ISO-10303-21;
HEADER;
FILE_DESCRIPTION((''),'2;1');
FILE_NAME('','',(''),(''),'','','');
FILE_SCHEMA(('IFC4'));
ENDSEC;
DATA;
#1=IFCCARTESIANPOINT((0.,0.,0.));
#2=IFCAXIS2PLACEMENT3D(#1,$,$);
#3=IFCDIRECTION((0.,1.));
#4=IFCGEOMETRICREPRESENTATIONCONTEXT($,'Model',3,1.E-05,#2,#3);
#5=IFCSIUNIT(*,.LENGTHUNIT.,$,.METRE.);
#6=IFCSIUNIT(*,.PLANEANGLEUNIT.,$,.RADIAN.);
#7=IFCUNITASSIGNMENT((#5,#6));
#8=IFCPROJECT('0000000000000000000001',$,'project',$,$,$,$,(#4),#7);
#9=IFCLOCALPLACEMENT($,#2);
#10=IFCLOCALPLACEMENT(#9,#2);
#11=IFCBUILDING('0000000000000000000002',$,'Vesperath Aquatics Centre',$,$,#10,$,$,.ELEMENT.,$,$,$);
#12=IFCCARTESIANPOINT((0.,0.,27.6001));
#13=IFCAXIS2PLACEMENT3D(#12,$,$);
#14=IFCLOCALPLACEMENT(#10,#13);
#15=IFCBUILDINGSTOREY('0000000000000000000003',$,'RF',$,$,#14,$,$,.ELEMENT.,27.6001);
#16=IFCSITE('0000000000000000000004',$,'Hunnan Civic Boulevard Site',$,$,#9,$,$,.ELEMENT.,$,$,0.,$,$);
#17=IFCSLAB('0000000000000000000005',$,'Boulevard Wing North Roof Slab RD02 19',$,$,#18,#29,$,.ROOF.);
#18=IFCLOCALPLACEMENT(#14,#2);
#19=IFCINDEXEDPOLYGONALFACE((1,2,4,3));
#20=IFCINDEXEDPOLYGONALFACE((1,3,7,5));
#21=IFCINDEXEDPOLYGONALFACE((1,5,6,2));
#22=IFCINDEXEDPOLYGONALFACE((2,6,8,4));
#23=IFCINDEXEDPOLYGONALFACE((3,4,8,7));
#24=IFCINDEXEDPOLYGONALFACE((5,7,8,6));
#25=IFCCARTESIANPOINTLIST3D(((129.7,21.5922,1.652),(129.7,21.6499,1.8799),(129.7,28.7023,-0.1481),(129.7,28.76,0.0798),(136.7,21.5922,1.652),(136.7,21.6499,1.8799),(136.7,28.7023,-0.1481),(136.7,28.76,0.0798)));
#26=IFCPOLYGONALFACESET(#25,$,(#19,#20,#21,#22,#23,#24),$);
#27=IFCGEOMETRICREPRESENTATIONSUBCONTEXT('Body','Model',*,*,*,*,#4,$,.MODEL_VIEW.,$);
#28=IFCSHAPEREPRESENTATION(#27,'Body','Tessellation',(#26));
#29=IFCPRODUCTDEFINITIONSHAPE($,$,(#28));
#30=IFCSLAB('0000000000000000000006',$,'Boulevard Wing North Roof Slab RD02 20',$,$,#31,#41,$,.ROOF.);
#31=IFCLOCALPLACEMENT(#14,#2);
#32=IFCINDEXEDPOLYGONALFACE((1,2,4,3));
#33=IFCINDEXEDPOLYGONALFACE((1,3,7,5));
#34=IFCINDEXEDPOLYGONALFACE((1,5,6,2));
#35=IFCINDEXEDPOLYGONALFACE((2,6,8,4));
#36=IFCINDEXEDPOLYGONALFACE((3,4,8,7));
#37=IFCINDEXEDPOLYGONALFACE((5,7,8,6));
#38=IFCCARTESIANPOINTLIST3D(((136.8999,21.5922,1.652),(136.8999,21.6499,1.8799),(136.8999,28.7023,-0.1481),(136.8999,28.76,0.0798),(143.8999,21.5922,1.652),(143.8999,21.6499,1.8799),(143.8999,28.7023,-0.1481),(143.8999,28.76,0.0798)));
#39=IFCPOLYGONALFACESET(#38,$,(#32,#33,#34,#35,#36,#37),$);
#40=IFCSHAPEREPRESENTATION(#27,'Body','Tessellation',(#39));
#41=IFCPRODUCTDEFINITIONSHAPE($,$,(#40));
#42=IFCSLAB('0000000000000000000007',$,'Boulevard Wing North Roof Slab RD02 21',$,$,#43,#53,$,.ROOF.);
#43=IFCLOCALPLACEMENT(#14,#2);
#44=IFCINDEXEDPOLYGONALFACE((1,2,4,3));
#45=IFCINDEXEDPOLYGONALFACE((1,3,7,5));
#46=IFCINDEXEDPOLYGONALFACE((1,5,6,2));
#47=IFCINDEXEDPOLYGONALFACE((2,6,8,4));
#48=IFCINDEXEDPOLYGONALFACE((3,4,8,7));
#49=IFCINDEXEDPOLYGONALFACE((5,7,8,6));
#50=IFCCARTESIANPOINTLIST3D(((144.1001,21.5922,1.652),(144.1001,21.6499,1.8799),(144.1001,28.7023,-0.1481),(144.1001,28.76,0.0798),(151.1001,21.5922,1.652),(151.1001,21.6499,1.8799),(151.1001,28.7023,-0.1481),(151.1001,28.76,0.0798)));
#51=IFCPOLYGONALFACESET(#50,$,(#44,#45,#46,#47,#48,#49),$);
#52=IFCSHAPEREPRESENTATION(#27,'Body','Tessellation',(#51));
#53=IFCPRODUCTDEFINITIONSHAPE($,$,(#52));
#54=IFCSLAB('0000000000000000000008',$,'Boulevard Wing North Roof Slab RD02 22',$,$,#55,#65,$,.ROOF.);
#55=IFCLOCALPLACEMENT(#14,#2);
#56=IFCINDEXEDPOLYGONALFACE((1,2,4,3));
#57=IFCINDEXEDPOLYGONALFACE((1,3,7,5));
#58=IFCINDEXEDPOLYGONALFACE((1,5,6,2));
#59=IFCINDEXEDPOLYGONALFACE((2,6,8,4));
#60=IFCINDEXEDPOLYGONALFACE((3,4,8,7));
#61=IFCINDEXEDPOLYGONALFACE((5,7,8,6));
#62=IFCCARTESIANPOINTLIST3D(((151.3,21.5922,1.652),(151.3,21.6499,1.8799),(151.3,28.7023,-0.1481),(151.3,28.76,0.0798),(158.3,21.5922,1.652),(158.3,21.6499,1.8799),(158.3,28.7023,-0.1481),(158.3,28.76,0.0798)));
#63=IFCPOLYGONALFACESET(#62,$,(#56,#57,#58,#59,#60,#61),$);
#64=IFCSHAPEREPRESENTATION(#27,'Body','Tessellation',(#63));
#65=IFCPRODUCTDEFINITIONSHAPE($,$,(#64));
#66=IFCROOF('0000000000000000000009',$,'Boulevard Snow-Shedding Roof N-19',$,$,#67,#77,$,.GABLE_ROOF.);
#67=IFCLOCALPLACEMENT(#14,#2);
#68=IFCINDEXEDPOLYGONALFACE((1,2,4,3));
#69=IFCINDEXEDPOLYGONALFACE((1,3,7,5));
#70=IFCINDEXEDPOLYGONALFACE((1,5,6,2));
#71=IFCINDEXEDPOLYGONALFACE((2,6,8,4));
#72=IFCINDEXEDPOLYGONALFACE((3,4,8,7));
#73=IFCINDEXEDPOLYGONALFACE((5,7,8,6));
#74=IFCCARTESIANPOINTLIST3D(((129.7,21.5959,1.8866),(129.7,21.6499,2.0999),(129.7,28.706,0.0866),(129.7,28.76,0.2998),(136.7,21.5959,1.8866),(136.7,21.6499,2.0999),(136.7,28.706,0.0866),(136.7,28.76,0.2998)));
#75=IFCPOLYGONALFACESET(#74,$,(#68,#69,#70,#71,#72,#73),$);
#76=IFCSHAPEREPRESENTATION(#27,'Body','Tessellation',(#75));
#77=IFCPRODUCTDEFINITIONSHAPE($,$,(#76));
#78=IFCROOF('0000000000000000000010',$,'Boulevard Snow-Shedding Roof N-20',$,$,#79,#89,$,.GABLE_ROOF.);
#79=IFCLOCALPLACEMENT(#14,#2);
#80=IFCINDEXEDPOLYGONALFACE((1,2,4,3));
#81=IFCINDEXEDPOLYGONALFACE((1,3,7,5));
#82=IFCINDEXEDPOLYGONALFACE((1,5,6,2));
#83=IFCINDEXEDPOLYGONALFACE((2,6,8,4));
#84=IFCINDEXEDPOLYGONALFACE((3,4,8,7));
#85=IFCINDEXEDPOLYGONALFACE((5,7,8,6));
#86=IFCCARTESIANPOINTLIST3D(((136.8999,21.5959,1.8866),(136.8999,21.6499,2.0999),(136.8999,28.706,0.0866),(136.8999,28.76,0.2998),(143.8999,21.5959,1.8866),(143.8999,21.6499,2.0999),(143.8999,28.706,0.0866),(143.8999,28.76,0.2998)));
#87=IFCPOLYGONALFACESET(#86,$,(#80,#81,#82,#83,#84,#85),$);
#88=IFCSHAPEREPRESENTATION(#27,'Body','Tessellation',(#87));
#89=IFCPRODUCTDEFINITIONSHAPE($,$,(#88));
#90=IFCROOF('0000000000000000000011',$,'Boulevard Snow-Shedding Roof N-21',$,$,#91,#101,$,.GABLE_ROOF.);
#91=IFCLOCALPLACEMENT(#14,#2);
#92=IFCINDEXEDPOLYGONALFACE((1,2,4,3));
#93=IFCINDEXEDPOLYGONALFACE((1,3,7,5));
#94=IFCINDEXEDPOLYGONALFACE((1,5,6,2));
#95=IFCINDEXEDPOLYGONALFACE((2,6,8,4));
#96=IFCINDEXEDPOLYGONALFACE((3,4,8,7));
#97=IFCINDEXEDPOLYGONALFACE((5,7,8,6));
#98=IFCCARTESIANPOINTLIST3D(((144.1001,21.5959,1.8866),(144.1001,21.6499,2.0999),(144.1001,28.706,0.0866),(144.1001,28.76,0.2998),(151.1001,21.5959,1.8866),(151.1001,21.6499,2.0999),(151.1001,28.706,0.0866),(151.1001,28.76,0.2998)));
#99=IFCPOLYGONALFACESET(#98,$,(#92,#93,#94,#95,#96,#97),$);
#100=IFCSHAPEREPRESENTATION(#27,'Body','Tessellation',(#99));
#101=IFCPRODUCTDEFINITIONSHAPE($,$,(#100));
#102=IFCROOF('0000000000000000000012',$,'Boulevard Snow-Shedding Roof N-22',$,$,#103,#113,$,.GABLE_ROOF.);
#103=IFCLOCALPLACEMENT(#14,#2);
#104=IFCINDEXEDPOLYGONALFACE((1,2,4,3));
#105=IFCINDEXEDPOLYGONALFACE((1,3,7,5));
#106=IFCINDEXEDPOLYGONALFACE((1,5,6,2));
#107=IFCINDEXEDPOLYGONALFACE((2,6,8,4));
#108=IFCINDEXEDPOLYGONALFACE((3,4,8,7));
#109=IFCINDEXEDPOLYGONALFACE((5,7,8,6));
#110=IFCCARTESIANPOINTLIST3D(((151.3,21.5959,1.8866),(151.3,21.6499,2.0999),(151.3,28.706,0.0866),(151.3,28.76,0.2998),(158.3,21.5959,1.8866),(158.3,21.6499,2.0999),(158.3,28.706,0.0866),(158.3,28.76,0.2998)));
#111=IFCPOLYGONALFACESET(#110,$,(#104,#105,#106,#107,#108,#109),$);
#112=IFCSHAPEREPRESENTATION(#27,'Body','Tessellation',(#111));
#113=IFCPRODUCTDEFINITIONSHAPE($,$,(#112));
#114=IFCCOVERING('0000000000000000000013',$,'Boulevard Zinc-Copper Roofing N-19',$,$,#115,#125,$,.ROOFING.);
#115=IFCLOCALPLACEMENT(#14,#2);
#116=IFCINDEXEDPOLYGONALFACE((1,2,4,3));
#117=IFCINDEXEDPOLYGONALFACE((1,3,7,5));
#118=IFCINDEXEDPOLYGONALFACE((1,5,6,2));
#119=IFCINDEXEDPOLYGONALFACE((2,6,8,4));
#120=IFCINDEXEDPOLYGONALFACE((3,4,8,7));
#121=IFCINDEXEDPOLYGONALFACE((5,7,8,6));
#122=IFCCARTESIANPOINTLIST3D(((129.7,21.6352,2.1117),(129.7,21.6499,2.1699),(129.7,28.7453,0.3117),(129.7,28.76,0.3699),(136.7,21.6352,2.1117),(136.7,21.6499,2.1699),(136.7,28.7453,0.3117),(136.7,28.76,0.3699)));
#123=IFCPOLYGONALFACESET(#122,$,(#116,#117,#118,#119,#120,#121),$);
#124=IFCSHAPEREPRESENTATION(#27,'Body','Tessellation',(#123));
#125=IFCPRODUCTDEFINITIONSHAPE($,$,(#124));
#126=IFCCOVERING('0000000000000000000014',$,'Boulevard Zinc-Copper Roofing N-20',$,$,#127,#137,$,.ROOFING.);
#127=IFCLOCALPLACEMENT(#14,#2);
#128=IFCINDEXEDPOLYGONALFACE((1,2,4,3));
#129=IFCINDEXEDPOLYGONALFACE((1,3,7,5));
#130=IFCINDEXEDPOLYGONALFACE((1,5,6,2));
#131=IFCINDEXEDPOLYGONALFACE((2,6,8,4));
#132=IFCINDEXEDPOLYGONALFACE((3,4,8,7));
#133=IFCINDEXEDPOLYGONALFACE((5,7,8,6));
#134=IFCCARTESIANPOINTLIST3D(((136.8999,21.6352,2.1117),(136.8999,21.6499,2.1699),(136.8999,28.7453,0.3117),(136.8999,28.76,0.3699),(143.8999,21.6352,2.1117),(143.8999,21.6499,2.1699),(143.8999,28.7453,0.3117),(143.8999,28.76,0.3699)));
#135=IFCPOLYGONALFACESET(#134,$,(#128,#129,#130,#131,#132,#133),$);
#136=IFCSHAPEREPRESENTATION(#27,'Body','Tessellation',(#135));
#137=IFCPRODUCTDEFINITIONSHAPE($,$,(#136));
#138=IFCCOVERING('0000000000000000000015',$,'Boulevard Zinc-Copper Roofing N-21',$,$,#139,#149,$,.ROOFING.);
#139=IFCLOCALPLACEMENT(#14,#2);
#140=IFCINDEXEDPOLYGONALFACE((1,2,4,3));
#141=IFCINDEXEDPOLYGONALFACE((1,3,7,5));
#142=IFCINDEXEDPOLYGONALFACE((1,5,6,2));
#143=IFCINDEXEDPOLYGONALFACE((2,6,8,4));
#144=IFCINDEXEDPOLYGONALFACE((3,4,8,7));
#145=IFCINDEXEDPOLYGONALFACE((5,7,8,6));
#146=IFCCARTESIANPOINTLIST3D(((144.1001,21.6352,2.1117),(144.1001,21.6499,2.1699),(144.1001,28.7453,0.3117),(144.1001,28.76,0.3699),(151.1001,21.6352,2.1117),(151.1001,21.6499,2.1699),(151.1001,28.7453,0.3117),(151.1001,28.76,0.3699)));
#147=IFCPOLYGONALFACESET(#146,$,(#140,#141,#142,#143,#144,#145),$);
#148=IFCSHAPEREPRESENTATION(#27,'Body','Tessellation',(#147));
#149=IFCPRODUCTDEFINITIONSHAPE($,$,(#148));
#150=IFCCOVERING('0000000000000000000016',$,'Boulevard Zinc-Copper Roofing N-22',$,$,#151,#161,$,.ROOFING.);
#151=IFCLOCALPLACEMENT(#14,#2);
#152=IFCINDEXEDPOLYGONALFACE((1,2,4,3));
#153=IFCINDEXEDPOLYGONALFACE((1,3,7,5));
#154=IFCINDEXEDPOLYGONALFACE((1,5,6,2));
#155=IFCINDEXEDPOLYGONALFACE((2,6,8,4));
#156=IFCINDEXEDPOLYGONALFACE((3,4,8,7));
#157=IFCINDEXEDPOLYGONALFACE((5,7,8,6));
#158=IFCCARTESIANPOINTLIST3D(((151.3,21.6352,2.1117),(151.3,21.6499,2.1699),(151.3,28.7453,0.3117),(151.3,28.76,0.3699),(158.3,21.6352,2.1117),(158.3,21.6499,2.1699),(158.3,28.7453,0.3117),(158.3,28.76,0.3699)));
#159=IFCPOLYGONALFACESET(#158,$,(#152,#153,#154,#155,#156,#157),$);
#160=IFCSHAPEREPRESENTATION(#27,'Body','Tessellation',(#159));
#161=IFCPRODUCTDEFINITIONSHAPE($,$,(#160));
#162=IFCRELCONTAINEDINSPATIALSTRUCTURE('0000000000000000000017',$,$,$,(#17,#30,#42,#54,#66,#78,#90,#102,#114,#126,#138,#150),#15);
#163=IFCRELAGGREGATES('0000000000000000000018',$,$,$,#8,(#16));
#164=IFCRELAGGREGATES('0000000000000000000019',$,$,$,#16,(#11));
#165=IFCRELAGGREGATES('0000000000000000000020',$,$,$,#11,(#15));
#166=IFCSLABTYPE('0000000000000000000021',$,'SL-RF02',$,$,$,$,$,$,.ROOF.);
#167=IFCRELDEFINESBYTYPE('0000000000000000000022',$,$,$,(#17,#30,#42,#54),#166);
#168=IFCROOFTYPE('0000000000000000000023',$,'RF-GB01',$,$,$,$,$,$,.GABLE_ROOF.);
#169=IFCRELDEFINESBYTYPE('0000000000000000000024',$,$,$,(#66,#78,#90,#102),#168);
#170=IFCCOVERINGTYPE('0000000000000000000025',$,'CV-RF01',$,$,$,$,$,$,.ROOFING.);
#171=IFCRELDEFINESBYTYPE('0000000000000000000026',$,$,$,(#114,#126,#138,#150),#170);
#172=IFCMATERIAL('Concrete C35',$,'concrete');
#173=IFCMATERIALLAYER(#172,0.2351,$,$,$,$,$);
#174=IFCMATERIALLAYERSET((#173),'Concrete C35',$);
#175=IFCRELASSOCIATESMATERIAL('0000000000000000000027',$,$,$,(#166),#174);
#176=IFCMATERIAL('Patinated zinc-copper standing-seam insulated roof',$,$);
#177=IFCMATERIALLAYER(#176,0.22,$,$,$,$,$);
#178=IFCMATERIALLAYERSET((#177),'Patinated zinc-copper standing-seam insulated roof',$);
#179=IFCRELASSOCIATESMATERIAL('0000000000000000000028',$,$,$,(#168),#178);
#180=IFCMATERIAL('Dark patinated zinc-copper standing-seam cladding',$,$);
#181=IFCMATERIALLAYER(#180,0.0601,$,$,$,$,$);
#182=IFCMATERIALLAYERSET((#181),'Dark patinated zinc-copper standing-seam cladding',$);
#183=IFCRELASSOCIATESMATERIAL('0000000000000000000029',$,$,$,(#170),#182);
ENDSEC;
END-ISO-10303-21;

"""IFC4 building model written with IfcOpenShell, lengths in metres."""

from ifc_helpers import new_model, si_unit, direction, frame, origin, place, context, subcontext, project, spatial, polyline, outline, extrude, material, layer, layer_set, type_object, element, save


model = new_model("IFC4")

# Units and contexts
model_context = context("Model", 3, precision=1e-05, world=origin(), true_north=direction((0.0, 1.0)))
body_context = subcontext(model_context, "Body", "Model", "MODEL_VIEW")
ifc_project = project(units=[si_unit("LENGTHUNIT", "METRE"), si_unit("PLANEANGLEUNIT", "RADIAN")], contexts=[model_context])

# Site, building, storey
site_placement = place(None, origin())
site = spatial("IfcSite", under=ifc_project, at=site_placement, Name="Hunnan Civic Boulevard Site", CompositionType="ELEMENT", RefElevation=0.0)
building_placement = place(site_placement, origin())
building = spatial("IfcBuilding", under=site, at=building_placement, Name="Vesperath Aquatics Centre", CompositionType="ELEMENT")
storey_placement = place(building_placement, frame((0.0, 0.0, 27.6001)))
storey = spatial("IfcBuildingStorey", under=building, at=storey_placement, Name="RF", CompositionType="ELEMENT", Elevation=27.6001)

# Slabs
ifc_material_1 = material(Name="Concrete C35", Category="concrete")
ifc_layer_1 = layer(ifc_material_1, 0.2351)
ifc_layer_set_1 = layer_set([ifc_layer_1], Name="Concrete C35")
slab_type = type_object("IfcSlabType", Name="SL-RF02", PredefinedType="ROOF", material=ifc_layer_set_1)
for number, where, z_axis, x_axis, name in (
    (1, (129.7, 21.6499, 1.8799), (0.0, 0.245425, 0.969416), (1.0, 0.0, 0.0), "Boulevard Wing North Roof Slab RD02 19"),
    (2, (136.8999, 21.6499, 1.8799), (0.0, 0.245425, 0.969416), (1.0, 0.0, 0.0), "Boulevard Wing North Roof Slab RD02 20"),
    (3, (144.1001, 21.6499, 1.8799), (0.0, 0.245425, 0.969416), (1.0, 0.0, 0.0), "Boulevard Wing North Roof Slab RD02 21"),
    (4, (151.3, 21.6499, 1.8799), (0.0, 0.245425, 0.969416), (1.0, 0.0, 0.0), "Boulevard Wing North Roof Slab RD02 22"),
):
    element("IfcSlab", number, at=place(storey_placement, frame(where, z_axis=z_axis, x_axis=x_axis)), inside=storey, type_object=slab_type, Name=name, PredefinedType="ROOF", context=body_context, shape_type="SweptSolid", body=[
        extrude(outline(polyline([(0.0, 0.0), (7.0, 0.0), (7.0, 7.3344), (0.0, 7.3344), (0.0, 0.0)])), origin(), (0.0, 0.0, -1.0), 0.2351),
    ])

# Roofs
ifc_material_2 = material(Name="Patinated zinc-copper standing-seam insulated roof")
ifc_layer_2 = layer(ifc_material_2, 0.22)
ifc_layer_set_2 = layer_set([ifc_layer_2], Name="Patinated zinc-copper standing-seam insulated roof")
roof_type = type_object("IfcRoofType", Name="RF-GB01", PredefinedType="GABLE_ROOF", material=ifc_layer_set_2)
for number, where, z_axis, x_axis, name in (
    (5, (129.7, 21.6499, 2.0999), (0.0, 0.245425, 0.969416), (1.0, 0.0, 0.0), "Boulevard Snow-Shedding Roof N-19"),
    (6, (136.8999, 21.6499, 2.0999), (0.0, 0.245425, 0.969416), (1.0, 0.0, 0.0), "Boulevard Snow-Shedding Roof N-20"),
    (7, (144.1001, 21.6499, 2.0999), (0.0, 0.245425, 0.969416), (1.0, 0.0, 0.0), "Boulevard Snow-Shedding Roof N-21"),
    (8, (151.3, 21.6499, 2.0999), (0.0, 0.245425, 0.969416), (1.0, 0.0, 0.0), "Boulevard Snow-Shedding Roof N-22"),
):
    element("IfcRoof", number, at=place(storey_placement, frame(where, z_axis=z_axis, x_axis=x_axis)), inside=storey, type_object=roof_type, Name=name, PredefinedType="GABLE_ROOF", context=body_context, shape_type="SweptSolid", body=[
        extrude(outline(polyline([(0.0, 0.0), (7.0, 0.0), (7.0, 7.3344), (0.0, 7.3344), (0.0, 0.0)])), origin(), (0.0, 0.0, -1.0), 0.22),
    ])

# Coverings
ifc_material_3 = material(Name="Dark patinated zinc-copper standing-seam cladding")
ifc_layer_3 = layer(ifc_material_3, 0.0601)
ifc_layer_set_3 = layer_set([ifc_layer_3], Name="Dark patinated zinc-copper standing-seam cladding")
covering_type = type_object("IfcCoveringType", Name="CV-RF01", PredefinedType="ROOFING", material=ifc_layer_set_3)
for number, where, z_axis, x_axis, name in (
    (9, (129.7, 21.6499, 2.1699), (0.0, 0.245425, 0.969416), (1.0, 0.0, 0.0), "Boulevard Zinc-Copper Roofing N-19"),
    (10, (136.8999, 21.6499, 2.1699), (0.0, 0.245425, 0.969416), (1.0, 0.0, 0.0), "Boulevard Zinc-Copper Roofing N-20"),
    (11, (144.1001, 21.6499, 2.1699), (0.0, 0.245425, 0.969416), (1.0, 0.0, 0.0), "Boulevard Zinc-Copper Roofing N-21"),
    (12, (151.3, 21.6499, 2.1699), (0.0, 0.245425, 0.969416), (1.0, 0.0, 0.0), "Boulevard Zinc-Copper Roofing N-22"),
):
    element("IfcCovering", number, at=place(storey_placement, frame(where, z_axis=z_axis, x_axis=x_axis)), inside=storey, type_object=covering_type, Name=name, PredefinedType="ROOFING", context=body_context, shape_type="SweptSolid", body=[
        extrude(outline(polyline([(0.0, 0.0), (7.0, 0.0), (7.0, 7.3344), (0.0, 7.3344), (0.0, 0.0)])), origin(), (0.0, 0.0, -1.0), 0.0601),
    ])

save(model, "model.ifc")
